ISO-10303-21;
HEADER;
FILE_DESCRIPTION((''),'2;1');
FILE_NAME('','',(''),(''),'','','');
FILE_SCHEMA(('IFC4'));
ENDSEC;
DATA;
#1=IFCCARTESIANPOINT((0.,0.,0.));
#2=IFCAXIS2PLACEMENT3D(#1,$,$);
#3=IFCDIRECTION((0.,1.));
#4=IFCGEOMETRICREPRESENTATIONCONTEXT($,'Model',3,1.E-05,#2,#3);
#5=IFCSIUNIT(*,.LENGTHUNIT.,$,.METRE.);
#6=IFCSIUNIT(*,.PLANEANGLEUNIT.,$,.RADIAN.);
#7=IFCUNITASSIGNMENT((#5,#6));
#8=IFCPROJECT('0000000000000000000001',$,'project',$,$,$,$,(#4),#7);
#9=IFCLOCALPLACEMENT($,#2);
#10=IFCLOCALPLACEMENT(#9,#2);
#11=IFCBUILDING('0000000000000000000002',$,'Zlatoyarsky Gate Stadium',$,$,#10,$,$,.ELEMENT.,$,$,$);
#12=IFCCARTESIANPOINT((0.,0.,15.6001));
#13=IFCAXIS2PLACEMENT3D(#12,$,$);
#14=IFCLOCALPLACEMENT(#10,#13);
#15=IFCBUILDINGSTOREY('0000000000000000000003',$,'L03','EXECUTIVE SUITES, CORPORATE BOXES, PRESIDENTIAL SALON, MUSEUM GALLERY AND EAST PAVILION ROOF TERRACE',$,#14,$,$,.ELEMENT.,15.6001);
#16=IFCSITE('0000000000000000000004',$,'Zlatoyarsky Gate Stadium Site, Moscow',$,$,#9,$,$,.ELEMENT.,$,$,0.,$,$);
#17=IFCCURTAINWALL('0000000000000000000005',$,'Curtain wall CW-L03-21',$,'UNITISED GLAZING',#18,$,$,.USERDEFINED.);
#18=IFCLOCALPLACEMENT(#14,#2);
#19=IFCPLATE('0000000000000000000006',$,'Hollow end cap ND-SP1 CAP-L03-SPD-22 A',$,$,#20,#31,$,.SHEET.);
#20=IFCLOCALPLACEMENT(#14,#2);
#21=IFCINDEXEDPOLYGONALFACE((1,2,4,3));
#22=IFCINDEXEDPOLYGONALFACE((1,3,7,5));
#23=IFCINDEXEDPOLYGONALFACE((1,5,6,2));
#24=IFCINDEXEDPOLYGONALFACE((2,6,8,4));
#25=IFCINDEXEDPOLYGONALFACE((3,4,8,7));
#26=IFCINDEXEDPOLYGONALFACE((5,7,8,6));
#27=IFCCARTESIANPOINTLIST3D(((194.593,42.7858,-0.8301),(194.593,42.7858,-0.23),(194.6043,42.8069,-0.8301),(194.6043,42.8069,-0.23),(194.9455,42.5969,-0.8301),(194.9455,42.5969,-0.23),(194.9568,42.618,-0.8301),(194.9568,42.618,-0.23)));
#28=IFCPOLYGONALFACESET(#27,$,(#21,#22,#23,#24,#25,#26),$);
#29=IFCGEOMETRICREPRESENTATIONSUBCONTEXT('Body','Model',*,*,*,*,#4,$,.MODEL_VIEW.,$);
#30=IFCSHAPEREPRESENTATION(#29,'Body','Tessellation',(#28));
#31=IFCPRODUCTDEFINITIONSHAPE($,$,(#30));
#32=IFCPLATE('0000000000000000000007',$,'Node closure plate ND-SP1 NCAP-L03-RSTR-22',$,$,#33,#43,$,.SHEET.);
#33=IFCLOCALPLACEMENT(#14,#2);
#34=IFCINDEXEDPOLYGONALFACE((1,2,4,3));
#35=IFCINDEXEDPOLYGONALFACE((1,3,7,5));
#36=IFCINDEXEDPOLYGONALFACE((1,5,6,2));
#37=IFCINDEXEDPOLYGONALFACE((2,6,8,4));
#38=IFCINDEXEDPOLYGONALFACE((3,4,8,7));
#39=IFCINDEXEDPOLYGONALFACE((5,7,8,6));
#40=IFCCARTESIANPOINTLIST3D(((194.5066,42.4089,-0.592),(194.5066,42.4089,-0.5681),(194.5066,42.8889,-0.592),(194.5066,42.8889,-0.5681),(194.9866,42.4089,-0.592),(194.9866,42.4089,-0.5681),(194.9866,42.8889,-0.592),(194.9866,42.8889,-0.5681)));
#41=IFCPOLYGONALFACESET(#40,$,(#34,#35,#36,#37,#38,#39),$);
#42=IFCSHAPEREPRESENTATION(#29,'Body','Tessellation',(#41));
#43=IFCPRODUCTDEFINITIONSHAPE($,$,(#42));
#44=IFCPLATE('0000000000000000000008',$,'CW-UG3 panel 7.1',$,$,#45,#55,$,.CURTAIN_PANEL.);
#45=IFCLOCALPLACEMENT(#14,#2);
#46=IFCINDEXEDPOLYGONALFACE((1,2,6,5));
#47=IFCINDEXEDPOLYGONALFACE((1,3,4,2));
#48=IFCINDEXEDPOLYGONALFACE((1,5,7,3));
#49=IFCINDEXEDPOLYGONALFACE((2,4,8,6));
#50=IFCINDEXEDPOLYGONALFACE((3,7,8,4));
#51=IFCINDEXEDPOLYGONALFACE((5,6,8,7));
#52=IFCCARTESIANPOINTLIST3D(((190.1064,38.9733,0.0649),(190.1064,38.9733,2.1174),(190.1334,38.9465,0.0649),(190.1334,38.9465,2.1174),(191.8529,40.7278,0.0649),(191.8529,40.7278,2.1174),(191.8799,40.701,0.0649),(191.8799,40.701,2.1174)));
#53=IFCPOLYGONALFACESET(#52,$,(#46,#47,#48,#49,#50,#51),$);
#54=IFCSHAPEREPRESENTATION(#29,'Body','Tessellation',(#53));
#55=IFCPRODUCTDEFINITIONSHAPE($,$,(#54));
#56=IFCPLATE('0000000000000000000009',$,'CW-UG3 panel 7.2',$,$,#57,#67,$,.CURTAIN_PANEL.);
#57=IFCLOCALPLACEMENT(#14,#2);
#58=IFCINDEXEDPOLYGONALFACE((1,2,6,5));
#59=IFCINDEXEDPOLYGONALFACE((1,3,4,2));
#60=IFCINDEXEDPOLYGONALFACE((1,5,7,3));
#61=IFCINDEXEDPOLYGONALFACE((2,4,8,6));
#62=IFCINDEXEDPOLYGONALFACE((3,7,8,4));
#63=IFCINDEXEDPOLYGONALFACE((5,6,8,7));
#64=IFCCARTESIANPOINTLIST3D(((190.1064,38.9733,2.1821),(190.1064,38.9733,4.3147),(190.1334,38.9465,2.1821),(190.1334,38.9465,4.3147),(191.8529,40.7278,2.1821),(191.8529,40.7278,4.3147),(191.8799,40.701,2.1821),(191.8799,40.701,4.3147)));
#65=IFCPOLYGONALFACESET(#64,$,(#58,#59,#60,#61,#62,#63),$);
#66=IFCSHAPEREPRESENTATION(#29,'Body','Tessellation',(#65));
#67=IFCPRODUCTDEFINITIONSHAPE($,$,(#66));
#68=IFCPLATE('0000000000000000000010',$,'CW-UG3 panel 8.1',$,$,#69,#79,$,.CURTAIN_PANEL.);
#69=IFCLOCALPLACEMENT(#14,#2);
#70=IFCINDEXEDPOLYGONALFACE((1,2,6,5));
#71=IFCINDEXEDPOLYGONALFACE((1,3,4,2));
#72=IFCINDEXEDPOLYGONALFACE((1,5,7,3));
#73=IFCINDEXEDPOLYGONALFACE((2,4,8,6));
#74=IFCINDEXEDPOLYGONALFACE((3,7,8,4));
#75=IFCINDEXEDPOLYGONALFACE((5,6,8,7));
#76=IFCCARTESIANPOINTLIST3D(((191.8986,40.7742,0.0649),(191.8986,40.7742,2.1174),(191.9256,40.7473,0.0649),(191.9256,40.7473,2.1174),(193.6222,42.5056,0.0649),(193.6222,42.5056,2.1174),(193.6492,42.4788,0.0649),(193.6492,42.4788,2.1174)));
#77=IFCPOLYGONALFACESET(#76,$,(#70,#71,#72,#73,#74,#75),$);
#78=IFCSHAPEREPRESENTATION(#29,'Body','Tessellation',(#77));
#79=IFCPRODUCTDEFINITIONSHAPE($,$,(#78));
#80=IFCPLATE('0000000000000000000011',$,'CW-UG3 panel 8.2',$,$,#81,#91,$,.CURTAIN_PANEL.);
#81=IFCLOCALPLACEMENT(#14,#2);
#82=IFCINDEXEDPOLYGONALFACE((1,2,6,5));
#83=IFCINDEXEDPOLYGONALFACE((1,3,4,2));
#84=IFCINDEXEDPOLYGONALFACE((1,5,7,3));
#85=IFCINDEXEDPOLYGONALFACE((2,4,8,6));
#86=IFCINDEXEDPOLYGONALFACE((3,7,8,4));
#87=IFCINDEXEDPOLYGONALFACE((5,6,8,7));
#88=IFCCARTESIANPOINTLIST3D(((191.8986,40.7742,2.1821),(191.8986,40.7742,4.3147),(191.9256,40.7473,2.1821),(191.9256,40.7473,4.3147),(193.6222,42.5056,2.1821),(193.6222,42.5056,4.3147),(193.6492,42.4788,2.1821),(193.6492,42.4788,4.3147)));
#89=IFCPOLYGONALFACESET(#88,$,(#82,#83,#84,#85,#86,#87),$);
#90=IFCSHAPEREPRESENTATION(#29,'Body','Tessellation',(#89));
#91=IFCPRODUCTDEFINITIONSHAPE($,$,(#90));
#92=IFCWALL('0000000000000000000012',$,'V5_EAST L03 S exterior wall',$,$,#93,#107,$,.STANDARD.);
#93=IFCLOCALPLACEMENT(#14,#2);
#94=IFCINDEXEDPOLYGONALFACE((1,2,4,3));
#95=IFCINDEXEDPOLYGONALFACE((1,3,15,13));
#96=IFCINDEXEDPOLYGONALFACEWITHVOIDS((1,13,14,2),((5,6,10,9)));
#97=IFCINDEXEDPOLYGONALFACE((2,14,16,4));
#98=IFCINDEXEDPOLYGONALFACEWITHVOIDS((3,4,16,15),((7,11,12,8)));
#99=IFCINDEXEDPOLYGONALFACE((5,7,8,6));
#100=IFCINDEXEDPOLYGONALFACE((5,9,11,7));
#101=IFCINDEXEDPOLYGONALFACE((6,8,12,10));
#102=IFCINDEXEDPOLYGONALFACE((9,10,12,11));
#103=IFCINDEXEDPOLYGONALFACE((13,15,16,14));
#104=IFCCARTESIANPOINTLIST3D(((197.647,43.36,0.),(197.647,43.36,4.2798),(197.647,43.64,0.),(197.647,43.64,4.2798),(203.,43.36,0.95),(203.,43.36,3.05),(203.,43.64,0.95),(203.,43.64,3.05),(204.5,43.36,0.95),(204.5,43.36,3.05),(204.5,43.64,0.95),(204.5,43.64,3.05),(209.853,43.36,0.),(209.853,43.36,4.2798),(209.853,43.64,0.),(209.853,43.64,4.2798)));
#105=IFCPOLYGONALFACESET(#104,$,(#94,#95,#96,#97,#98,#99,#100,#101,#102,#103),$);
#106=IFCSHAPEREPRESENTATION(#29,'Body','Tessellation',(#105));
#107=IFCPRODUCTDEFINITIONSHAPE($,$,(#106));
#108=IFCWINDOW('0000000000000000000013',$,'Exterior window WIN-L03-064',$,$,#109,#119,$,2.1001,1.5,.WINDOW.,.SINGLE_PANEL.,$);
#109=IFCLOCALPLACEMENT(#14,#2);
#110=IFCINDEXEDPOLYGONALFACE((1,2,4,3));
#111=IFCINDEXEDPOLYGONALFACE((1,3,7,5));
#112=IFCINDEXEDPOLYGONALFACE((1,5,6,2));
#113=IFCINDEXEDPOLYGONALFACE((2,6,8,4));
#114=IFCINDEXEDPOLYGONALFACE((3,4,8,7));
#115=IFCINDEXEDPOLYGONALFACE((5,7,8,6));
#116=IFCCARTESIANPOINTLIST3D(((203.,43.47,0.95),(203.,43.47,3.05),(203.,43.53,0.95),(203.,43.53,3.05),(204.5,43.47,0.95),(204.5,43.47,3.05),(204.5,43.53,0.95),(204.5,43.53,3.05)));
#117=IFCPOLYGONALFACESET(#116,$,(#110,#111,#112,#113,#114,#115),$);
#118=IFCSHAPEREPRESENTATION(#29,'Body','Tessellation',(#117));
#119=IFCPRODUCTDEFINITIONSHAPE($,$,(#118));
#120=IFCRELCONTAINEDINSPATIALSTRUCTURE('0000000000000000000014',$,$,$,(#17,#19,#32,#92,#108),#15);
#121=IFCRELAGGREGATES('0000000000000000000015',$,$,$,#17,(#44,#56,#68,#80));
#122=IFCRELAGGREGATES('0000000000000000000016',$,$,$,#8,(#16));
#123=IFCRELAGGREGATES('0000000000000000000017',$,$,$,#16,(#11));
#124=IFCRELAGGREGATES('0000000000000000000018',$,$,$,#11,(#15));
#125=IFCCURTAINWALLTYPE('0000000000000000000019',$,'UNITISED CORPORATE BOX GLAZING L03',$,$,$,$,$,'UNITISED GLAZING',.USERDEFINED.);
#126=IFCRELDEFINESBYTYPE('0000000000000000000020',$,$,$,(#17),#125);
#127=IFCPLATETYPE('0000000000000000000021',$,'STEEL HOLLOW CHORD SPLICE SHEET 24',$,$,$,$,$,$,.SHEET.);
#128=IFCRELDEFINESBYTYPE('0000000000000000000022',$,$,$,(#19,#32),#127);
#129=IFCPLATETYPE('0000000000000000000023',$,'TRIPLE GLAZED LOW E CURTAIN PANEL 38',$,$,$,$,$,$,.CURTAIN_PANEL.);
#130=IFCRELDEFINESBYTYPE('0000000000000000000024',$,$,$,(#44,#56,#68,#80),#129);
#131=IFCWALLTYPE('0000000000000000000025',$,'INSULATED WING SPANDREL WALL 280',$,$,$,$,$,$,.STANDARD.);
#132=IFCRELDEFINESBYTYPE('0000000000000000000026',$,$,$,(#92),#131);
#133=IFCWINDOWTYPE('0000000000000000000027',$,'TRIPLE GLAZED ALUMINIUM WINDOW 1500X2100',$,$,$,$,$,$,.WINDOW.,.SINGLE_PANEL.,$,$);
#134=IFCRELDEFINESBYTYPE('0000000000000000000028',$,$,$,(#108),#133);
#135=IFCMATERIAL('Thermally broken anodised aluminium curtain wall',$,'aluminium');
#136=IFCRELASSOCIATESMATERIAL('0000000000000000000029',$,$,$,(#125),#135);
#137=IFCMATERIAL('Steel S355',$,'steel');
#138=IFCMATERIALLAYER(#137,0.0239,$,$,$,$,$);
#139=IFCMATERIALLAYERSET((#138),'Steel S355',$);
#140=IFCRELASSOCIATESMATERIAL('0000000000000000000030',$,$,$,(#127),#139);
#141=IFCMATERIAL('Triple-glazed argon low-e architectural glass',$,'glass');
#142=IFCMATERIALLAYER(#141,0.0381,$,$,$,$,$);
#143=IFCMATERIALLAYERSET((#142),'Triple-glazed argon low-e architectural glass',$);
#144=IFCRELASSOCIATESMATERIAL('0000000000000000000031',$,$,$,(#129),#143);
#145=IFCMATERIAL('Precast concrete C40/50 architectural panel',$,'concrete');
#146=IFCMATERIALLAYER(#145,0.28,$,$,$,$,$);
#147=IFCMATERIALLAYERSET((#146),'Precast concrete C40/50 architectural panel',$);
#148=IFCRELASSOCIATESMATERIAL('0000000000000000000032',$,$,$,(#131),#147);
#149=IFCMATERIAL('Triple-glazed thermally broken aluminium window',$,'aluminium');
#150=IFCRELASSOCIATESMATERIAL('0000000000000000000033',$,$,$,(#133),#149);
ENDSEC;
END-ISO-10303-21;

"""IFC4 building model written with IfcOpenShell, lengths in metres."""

from ifc_helpers import new_model, si_unit, direction, frame, frame_2d, origin, origin_2d, place, context, subcontext, project, spatial, rectangle, extrude, material, layer, layer_set, type_object, element, fill, aggregate, save


model = new_model("IFC4")

# Units and contexts
model_context = context("Model", 3, precision=1e-05, world=origin(), true_north=direction((0.0, 1.0)))
body_context = subcontext(model_context, "Body", "Model", "MODEL_VIEW")
ifc_project = project(units=[si_unit("LENGTHUNIT", "METRE"), si_unit("PLANEANGLEUNIT", "RADIAN")], contexts=[model_context])

# Site, building, storey
site_placement = place(None, origin())
site = spatial("IfcSite", under=ifc_project, at=site_placement, Name="Zlatoyarsky Gate Stadium Site, Moscow", CompositionType="ELEMENT", RefElevation=0.0)
building_placement = place(site_placement, origin())
building = spatial("IfcBuilding", under=site, at=building_placement, Name="Zlatoyarsky Gate Stadium", CompositionType="ELEMENT")
storey_placement = place(building_placement, frame((0.0, 0.0, 15.6001)))
storey = spatial("IfcBuildingStorey", under=building, at=storey_placement, Name="L03", Description="EXECUTIVE SUITES, CORPORATE BOXES, PRESIDENTIAL SALON, MUSEUM GALLERY AND EAST PAVILION ROOF TERRACE", CompositionType="ELEMENT", Elevation=15.6001)

# Shared definitions
ifc_material_1 = material(Name="Steel S355", Category="steel")

# Curtain wall
ifc_material_2 = material(Name="Thermally broken anodised aluminium curtain wall", Category="aluminium")
curtain_wall_type = type_object("IfcCurtainWallType", Name="UNITISED CORPORATE BOX GLAZING L03", ElementType="UNITISED GLAZING", PredefinedType="USERDEFINED", material=ifc_material_2)
curtain_wall_1_placement = place(storey_placement, origin())
curtain_wall_1 = element("IfcCurtainWall", 1, at=curtain_wall_1_placement, inside=storey, type_object=curtain_wall_type, Name="Curtain wall CW-L03-21", ObjectType="UNITISED GLAZING", PredefinedType="USERDEFINED")

# Plates
ifc_layer_1 = layer(ifc_material_1, 0.0239)
ifc_layer_set_1 = layer_set([ifc_layer_1], Name="Steel S355")
plate_type_1 = type_object("IfcPlateType", Name="STEEL HOLLOW CHORD SPLICE SHEET 24", PredefinedType="SHEET", material=ifc_layer_set_1)
for number, where, z_axis, x_axis, name in (
    (2, (194.7749, 42.7019, -0.8301), (0.0, 0.0, 1.0), (0.472556, 0.881301, 0.0), "Hollow end cap ND-SP1 CAP-L03-SPD-22 A"),
):
    element("IfcPlate", number, at=place(storey_placement, frame(where, z_axis=z_axis, x_axis=x_axis)), inside=storey, type_object=plate_type_1, Name=name, PredefinedType="SHEET", context=body_context, shape_type="SweptSolid", body=[
        extrude(rectangle(XDim=0.0239, YDim=0.3999, at=origin_2d()), origin(), (0.0, 0.0, 1.0), 0.6001),
    ])
plate_1_placement = place(storey_placement, frame((194.7466, 42.6489, -0.592), z_axis=(0.0, 0.0, 1.0), x_axis=(1.0, 0.0, 0.0)))
element("IfcPlate", 3, at=plate_1_placement, inside=storey, type_object=plate_type_1, Name="Node closure plate ND-SP1 NCAP-L03-RSTR-22", PredefinedType="SHEET", context=body_context, shape_type="SweptSolid", body=[
    extrude(rectangle(XDim=0.48, YDim=0.48, at=origin_2d()), origin(), (0.0, 0.0, 1.0), 0.0239),
])

# Plates
ifc_material_3 = material(Name="Triple-glazed argon low-e architectural glass", Category="glass")
ifc_layer_2 = layer(ifc_material_3, 0.0381)
ifc_layer_set_2 = layer_set([ifc_layer_2], Name="Triple-glazed argon low-e architectural glass")
plate_type_2 = type_object("IfcPlateType", Name="TRIPLE GLAZED LOW E CURTAIN PANEL 38", PredefinedType="CURTAIN_PANEL", material=ifc_layer_set_2)
plate_2_placement = place(storey_placement, frame((190.9932, 39.8372, 0.0649), z_axis=(0.0, 0.0, 1.0), x_axis=(0.705489, 0.708721, 0.0)))
plate_2 = element("IfcPlate", 4, at=plate_2_placement, type_object=plate_type_2, Name="CW-UG3 panel 7.1", PredefinedType="CURTAIN_PANEL", context=body_context, shape_type="SweptSolid", body=[
    extrude(rectangle(XDim=2.4756, YDim=0.0381, at=origin_2d()), origin(), (0.0, 0.0, 1.0), 2.0525),
])
plate_3_placement = place(storey_placement, frame((190.9932, 39.8372, 2.1821), z_axis=(0.0, 0.0, 1.0), x_axis=(0.705489, 0.708721, 0.0)))
plate_3 = element("IfcPlate", 5, at=plate_3_placement, type_object=plate_type_2, Name="CW-UG3 panel 7.2", PredefinedType="CURTAIN_PANEL", context=body_context, shape_type="SweptSolid", body=[
    extrude(rectangle(XDim=2.4756, YDim=0.0381, at=origin_2d()), origin(), (0.0, 0.0, 1.0), 2.1326),
])
plate_4_placement = place(storey_placement, frame((192.7739, 41.6265, 0.0649), z_axis=(0.0, 0.0, 1.0), x_axis=(0.705489, 0.708721, 0.0)))
plate_4 = element("IfcPlate", 6, at=plate_4_placement, type_object=plate_type_2, Name="CW-UG3 panel 8.1", PredefinedType="CURTAIN_PANEL", context=body_context, shape_type="SweptSolid", body=[
    extrude(rectangle(XDim=2.4431, YDim=0.0381, at=origin_2d()), origin(), (0.0, 0.0, 1.0), 2.0525),
])
plate_5_placement = place(storey_placement, frame((192.7739, 41.6265, 2.1821), z_axis=(0.0, 0.0, 1.0), x_axis=(0.705489, 0.708721, 0.0)))
plate_5 = element("IfcPlate", 7, at=plate_5_placement, type_object=plate_type_2, Name="CW-UG3 panel 8.2", PredefinedType="CURTAIN_PANEL", context=body_context, shape_type="SweptSolid", body=[
    extrude(rectangle(XDim=2.4431, YDim=0.0381, at=origin_2d()), origin(), (0.0, 0.0, 1.0), 2.1326),
])
aggregate(curtain_wall_1, [plate_2, plate_3, plate_4, plate_5])

# Wall, opening, window
ifc_material_4 = material(Name="Precast concrete C40/50 architectural panel", Category="concrete")
ifc_layer_3 = layer(ifc_material_4, 0.28)
ifc_layer_set_3 = layer_set([ifc_layer_3], Name="Precast concrete C40/50 architectural panel")
wall_type = type_object("IfcWallType", Name="INSULATED WING SPANDREL WALL 280", PredefinedType="STANDARD", material=ifc_layer_set_3)
wall_placement = place(storey_placement, frame((197.647, 43.5, 0.0), z_axis=(0.0, 0.0, 1.0), x_axis=(1.0, 0.0, 0.0)))
wall = element("IfcWall", 8, at=wall_placement, inside=storey, type_object=wall_type, Name="V5_EAST L03 S exterior wall", PredefinedType="STANDARD", context=body_context, shape_type="SweptSolid", body=[
    extrude(rectangle(XDim=12.2061, YDim=0.28, at=frame_2d((6.103, 0.0))), origin(), (0.0, 0.0, 1.0), 4.2798),
])
opening_placement = place(wall_placement, frame((5.353, 0.0, 0.95)))
opening = element("IfcOpeningElement", 9, at=opening_placement, cuts=wall, PredefinedType="OPENING", context=body_context, shape_type="SweptSolid", body=[
    extrude(rectangle(XDim=1.5, YDim=2.1001, at=frame_2d((0.75, 1.05))), frame((0.0, 0.1499, 0.0), z_axis=(0.0, -1.0, 0.0), x_axis=(1.0, 0.0, 0.0)), (0.0, 0.0, 1.0), 0.3),
])
ifc_material_5 = material(Name="Triple-glazed thermally broken aluminium window", Category="aluminium")
window_type = type_object("IfcWindowType", Name="TRIPLE GLAZED ALUMINIUM WINDOW 1500X2100", PartitioningType="SINGLE_PANEL", PredefinedType="WINDOW", material=ifc_material_5)
window_placement = place(opening_placement, origin())
window = element("IfcWindow", 10, at=window_placement, inside=storey, type_object=window_type, Name="Exterior window WIN-L03-064", OverallHeight=2.1001, OverallWidth=1.5, PartitioningType="SINGLE_PANEL", PredefinedType="WINDOW", context=body_context, shape_type="SweptSolid", body=[
    extrude(rectangle(XDim=1.5, YDim=2.1001, at=frame_2d((0.75, 1.05))), frame((0.0, 0.03, 0.0), z_axis=(0.0, -1.0, 0.0), x_axis=(1.0, 0.0, 0.0)), (0.0, 0.0, 1.0), 0.0601),
])
fill(opening, window)

save(model, "model.ifc")
